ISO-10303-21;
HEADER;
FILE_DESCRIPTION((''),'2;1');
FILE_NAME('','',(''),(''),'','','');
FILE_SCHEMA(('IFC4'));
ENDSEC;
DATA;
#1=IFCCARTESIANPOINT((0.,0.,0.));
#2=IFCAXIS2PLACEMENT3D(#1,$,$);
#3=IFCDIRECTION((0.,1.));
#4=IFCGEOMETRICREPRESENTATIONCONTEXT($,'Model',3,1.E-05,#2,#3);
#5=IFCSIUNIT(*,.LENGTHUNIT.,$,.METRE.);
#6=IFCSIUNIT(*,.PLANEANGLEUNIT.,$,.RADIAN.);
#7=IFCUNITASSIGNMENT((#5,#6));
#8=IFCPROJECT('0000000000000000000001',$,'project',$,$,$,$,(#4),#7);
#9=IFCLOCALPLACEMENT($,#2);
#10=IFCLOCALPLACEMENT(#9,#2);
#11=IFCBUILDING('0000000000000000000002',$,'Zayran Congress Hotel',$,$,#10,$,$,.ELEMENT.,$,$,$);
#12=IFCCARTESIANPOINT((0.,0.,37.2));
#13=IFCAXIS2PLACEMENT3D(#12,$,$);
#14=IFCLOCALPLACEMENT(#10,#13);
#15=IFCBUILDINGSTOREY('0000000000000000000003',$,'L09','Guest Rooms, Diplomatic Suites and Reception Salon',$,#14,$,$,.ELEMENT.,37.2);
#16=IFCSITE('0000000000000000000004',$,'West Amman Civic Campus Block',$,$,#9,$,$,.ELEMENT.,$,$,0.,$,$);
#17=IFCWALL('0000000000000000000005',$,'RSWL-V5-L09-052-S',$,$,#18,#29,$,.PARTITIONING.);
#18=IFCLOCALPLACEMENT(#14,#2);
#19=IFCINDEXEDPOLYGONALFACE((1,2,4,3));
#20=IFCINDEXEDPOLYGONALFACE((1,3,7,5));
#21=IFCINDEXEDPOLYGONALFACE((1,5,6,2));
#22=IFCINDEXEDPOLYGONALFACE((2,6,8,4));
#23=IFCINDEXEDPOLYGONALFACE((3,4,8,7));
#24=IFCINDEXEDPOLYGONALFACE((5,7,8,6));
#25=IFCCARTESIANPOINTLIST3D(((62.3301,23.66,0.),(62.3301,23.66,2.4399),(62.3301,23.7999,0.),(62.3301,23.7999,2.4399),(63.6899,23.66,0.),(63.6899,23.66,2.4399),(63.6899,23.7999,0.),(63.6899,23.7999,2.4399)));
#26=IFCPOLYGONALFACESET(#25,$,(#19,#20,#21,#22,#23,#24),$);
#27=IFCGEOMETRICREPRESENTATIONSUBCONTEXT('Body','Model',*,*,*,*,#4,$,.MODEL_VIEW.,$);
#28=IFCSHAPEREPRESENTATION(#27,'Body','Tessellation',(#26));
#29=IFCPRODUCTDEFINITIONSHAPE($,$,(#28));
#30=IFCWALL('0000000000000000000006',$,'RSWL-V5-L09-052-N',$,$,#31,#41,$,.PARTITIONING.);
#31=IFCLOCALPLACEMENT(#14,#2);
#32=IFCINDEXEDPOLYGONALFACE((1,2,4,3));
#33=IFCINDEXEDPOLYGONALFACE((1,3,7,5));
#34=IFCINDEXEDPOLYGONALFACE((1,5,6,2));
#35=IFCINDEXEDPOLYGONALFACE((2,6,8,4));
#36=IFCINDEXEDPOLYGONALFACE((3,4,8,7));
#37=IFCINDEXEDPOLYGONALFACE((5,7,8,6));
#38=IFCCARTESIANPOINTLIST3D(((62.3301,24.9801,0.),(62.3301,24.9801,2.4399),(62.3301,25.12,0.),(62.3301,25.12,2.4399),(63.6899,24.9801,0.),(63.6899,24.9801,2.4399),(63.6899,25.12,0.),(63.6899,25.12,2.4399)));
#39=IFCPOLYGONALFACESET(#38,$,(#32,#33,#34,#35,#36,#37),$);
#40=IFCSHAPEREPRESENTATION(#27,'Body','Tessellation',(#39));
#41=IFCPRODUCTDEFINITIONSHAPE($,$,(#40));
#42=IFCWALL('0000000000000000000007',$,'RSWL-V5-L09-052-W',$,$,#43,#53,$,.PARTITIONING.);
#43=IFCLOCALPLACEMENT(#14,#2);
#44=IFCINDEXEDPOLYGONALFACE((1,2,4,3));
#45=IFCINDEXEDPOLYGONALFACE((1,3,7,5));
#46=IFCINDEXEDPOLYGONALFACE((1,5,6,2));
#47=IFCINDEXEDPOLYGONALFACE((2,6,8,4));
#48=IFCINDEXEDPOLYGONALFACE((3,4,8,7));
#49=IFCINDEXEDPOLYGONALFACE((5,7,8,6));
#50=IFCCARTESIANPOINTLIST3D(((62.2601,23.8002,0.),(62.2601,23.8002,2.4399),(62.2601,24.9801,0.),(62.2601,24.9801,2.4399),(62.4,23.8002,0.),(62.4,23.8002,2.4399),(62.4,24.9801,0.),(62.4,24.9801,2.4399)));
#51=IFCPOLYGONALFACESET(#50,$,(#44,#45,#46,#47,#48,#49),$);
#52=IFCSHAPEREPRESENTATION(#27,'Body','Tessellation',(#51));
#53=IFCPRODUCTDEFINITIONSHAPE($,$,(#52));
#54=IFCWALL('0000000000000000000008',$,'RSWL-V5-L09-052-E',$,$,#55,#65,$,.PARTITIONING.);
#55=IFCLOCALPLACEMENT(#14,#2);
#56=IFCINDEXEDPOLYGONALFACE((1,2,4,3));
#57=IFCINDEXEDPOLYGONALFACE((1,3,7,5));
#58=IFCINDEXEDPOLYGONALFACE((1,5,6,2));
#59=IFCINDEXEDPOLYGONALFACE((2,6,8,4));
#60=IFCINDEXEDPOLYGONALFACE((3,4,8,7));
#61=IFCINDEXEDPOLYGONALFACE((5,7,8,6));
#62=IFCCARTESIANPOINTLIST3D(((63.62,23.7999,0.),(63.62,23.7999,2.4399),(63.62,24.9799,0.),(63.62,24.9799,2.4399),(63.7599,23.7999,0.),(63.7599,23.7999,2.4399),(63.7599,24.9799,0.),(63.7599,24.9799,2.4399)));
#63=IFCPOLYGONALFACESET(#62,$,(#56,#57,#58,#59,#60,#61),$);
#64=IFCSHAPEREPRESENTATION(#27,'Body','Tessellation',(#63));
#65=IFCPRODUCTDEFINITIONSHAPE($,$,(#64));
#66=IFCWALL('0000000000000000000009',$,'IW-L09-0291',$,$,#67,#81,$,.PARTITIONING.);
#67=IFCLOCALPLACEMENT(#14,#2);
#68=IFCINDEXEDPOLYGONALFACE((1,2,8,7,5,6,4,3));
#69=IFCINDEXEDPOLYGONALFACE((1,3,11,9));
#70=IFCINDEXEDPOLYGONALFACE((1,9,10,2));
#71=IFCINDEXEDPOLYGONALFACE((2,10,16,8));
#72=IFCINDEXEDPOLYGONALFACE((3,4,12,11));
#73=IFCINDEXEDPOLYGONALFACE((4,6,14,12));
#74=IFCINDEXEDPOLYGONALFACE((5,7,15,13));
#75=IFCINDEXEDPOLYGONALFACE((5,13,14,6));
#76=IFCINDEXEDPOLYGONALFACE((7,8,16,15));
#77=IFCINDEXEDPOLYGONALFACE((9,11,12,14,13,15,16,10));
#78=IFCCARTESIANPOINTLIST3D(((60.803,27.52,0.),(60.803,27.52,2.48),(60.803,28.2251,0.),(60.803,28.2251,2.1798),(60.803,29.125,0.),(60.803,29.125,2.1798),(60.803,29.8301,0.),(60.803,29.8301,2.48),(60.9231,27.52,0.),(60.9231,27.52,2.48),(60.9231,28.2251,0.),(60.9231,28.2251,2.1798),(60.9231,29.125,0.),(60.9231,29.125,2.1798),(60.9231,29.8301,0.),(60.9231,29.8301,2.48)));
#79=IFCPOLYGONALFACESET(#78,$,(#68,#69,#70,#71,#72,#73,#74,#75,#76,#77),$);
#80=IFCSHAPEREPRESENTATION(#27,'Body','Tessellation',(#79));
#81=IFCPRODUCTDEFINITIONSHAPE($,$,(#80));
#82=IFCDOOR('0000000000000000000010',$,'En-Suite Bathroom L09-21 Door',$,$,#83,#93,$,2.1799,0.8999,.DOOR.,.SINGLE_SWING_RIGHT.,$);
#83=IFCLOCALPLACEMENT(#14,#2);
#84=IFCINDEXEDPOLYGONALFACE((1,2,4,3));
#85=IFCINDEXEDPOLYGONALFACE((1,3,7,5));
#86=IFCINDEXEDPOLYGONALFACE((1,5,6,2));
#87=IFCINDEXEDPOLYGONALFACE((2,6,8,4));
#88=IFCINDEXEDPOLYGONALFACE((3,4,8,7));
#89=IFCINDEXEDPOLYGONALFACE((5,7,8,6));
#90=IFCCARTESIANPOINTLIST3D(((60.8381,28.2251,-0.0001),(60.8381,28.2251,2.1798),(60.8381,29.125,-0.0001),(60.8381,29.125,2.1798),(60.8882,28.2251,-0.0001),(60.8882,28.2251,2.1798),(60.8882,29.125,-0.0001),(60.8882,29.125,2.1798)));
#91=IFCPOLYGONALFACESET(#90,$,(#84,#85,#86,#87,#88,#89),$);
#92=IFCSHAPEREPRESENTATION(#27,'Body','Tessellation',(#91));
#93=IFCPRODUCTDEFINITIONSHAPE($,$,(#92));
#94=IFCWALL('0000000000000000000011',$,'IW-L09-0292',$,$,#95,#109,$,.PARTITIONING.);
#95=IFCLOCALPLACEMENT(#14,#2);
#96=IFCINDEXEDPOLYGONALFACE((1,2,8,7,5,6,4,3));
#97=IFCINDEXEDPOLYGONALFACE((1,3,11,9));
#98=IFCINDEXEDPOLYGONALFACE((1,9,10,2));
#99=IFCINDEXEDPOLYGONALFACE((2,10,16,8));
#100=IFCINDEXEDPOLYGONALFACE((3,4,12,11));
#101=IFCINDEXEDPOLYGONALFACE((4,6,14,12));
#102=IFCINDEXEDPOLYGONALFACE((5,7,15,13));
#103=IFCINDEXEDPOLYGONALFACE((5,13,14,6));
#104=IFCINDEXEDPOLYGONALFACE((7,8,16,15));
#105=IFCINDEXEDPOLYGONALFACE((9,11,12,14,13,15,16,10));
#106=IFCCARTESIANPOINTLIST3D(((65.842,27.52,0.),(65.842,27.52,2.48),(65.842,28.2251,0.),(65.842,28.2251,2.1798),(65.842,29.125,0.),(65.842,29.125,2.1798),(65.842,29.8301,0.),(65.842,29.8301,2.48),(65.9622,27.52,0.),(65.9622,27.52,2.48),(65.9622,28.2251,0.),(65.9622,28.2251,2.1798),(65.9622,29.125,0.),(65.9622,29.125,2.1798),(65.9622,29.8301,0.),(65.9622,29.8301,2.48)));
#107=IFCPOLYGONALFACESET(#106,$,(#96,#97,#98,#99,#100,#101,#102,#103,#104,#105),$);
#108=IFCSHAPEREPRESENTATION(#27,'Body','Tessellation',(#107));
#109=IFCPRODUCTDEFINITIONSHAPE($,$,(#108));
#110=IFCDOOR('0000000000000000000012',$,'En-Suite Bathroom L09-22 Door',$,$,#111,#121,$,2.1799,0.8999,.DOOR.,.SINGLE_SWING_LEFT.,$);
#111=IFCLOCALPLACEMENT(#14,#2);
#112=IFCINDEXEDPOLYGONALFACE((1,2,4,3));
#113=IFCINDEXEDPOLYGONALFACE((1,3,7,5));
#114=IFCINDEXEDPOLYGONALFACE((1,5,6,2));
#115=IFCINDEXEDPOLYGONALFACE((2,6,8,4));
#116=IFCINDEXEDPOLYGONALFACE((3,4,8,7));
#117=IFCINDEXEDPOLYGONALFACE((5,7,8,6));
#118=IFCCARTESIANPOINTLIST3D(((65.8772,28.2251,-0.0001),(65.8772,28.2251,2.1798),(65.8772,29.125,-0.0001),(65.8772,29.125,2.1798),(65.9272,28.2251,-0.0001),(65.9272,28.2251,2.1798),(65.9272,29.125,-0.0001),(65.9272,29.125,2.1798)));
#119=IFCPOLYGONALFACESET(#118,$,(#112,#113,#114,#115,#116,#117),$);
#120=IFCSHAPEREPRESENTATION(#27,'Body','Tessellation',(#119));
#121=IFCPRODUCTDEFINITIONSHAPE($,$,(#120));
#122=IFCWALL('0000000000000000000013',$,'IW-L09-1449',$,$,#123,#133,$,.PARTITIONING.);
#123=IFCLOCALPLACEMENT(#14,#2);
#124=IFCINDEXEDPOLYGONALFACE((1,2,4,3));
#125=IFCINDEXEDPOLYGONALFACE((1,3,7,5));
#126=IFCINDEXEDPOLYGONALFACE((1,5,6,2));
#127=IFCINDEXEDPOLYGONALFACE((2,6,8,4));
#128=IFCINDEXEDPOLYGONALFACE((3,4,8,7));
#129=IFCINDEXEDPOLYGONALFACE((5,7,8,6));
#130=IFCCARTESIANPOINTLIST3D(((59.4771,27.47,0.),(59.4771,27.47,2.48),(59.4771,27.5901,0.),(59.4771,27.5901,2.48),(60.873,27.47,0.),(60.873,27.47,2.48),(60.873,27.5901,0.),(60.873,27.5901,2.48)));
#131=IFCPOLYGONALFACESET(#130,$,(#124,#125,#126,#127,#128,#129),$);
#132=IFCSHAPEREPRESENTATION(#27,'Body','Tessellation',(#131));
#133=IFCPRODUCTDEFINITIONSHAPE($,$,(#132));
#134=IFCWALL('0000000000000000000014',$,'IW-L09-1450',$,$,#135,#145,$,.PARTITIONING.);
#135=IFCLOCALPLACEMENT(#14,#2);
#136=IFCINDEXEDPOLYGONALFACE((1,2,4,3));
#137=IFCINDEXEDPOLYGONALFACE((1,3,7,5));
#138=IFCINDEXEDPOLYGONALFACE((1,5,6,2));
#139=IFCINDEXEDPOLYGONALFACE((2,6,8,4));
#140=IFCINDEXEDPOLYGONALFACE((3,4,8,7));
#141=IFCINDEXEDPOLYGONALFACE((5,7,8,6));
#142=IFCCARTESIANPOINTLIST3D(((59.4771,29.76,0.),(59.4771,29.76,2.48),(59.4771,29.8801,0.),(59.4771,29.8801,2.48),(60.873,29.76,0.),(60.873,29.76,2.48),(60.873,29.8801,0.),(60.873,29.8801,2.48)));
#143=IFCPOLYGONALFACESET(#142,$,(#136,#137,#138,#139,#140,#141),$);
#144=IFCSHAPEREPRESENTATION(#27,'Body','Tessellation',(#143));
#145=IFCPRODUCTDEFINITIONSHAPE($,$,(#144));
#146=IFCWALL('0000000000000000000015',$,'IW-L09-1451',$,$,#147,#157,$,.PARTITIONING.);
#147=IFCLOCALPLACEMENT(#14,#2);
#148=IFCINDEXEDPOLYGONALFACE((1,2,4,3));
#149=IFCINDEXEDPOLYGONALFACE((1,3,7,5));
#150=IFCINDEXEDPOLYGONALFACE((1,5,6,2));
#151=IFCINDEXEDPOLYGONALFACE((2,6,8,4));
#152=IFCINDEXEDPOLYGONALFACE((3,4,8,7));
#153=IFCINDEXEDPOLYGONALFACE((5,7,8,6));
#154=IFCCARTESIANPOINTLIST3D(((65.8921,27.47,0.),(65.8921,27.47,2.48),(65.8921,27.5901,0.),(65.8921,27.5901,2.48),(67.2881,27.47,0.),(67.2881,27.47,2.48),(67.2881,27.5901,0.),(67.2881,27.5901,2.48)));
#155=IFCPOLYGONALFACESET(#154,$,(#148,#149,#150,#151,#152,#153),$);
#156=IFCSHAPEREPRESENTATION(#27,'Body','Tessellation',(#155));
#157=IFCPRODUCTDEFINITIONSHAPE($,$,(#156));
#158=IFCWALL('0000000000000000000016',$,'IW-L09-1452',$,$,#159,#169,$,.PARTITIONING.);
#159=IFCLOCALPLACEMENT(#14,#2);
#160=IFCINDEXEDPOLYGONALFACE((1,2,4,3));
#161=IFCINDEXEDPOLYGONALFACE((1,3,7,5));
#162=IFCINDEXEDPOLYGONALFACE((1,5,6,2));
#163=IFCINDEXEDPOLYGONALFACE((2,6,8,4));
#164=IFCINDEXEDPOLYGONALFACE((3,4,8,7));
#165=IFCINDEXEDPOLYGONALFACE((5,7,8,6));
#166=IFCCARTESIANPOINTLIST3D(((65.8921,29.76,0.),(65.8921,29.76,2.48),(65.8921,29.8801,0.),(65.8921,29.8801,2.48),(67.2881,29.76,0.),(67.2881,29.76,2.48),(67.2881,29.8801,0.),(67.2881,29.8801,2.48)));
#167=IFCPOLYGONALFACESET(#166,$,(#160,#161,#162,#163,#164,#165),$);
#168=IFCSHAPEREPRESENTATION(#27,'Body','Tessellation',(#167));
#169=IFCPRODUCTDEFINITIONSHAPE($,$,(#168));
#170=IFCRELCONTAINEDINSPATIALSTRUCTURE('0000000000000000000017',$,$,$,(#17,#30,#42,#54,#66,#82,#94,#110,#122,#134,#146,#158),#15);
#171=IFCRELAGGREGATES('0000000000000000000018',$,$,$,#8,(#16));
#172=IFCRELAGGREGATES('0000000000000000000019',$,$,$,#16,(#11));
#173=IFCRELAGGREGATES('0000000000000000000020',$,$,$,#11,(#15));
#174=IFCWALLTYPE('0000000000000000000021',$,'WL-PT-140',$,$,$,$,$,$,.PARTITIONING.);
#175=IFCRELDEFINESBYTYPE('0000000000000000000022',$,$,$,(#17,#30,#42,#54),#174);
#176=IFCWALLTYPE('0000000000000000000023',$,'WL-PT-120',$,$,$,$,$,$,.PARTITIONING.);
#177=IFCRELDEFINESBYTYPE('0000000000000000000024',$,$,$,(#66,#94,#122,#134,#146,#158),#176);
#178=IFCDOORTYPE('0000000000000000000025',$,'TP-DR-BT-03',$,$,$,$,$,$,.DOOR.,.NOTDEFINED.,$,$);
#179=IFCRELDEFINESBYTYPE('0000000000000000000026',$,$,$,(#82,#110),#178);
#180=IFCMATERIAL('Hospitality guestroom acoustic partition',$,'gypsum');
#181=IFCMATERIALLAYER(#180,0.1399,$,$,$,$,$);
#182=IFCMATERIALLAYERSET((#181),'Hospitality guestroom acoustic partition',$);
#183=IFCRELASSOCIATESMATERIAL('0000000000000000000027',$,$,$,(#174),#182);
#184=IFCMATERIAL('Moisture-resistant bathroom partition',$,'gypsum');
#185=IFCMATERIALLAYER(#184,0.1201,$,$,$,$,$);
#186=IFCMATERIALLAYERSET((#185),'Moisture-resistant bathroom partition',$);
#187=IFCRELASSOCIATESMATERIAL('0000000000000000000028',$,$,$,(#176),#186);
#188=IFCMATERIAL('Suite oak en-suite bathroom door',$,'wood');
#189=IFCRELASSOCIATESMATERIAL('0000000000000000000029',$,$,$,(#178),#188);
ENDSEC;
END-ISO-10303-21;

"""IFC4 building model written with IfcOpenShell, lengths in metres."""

from ifc_helpers import new_model, si_unit, direction, frame, frame_2d, origin, place, context, subcontext, project, spatial, rectangle, extrude, material, layer, layer_set, type_object, element, fill, save


model = new_model("IFC4")

# Units and contexts
model_context = context("Model", 3, precision=1e-05, world=origin(), true_north=direction((0.0, 1.0)))
body_context = subcontext(model_context, "Body", "Model", "MODEL_VIEW")
ifc_project = project(units=[si_unit("LENGTHUNIT", "METRE"), si_unit("PLANEANGLEUNIT", "RADIAN")], contexts=[model_context])

# Site, building, storey
site_placement = place(None, origin())
site = spatial("IfcSite", under=ifc_project, at=site_placement, Name="West Amman Civic Campus Block", CompositionType="ELEMENT", RefElevation=0.0)
building_placement = place(site_placement, origin())
building = spatial("IfcBuilding", under=site, at=building_placement, Name="Zayran Congress Hotel", CompositionType="ELEMENT")
storey_placement = place(building_placement, frame((0.0, 0.0, 37.2)))
storey = spatial("IfcBuildingStorey", under=building, at=storey_placement, Name="L09", Description="Guest Rooms, Diplomatic Suites and Reception Salon", CompositionType="ELEMENT", Elevation=37.2)

# Shared definitions
ifc_material_1 = material(Name="Hospitality guestroom acoustic partition", Category="gypsum")
ifc_layer_1 = layer(ifc_material_1, 0.1399)
ifc_layer_set_1 = layer_set([ifc_layer_1], Name="Hospitality guestroom acoustic partition")
wall_type_1 = type_object("IfcWallType", Name="WL-PT-140", PredefinedType="PARTITIONING", material=ifc_layer_set_1)

# Walls
for number, where, z_axis, x_axis, name in (
    (1, (62.3301, 23.73, 0.0), (0.0, 0.0, 1.0), (1.0, 0.0, 0.0), "RSWL-V5-L09-052-S"),
    (2, (63.6899, 25.05, 0.0), (0.0, 0.0, 1.0), (-1.0, 0.0, 0.0), "RSWL-V5-L09-052-N"),
):
    element("IfcWall", number, at=place(storey_placement, frame(where, z_axis=z_axis, x_axis=x_axis)), inside=storey, type_object=wall_type_1, Name=name, PredefinedType="PARTITIONING", context=body_context, shape_type="SweptSolid", body=[
        extrude(rectangle(XDim=1.3599, YDim=0.1399, at=frame_2d((0.6799, 0.0))), origin(), (0.0, 0.0, 1.0), 2.4399),
    ])
for number, where, z_axis, x_axis, name in (
    (3, (62.3301, 24.98, 0.0), (0.0, 0.0, 1.0), (0.0, -1.0, 0.0), "RSWL-V5-L09-052-W"),
    (4, (63.6899, 23.8, 0.0), (0.0, 0.0, 1.0), (0.0, 1.0, 0.0), "RSWL-V5-L09-052-E"),
):
    element("IfcWall", number, at=place(storey_placement, frame(where, z_axis=z_axis, x_axis=x_axis)), inside=storey, type_object=wall_type_1, Name=name, PredefinedType="PARTITIONING", context=body_context, shape_type="SweptSolid", body=[
        extrude(rectangle(XDim=1.1799, YDim=0.1399, at=frame_2d((0.5898, 0.0))), origin(), (0.0, 0.0, 1.0), 2.4399),
    ])

# Walls, openings, doors
ifc_material_2 = material(Name="Moisture-resistant bathroom partition", Category="gypsum")
ifc_layer_2 = layer(ifc_material_2, 0.1201)
ifc_layer_set_2 = layer_set([ifc_layer_2], Name="Moisture-resistant bathroom partition")
wall_type_2 = type_object("IfcWallType", Name="WL-PT-120", PredefinedType="PARTITIONING", material=ifc_layer_set_2)
wall_1_placement = place(storey_placement, frame((60.863, 27.52, 0.0), z_axis=(0.0, 0.0, 1.0), x_axis=(0.0, 1.0, 0.0)))
wall_1 = element("IfcWall", 5, at=wall_1_placement, inside=storey, type_object=wall_type_2, Name="IW-L09-0291", PredefinedType="PARTITIONING", context=body_context, shape_type="SweptSolid", body=[
    extrude(rectangle(XDim=2.3101, YDim=0.1201, at=frame_2d((1.155, 0.0))), origin(), (0.0, 0.0, 1.0), 2.48),
])
opening_1_placement = place(wall_1_placement, frame((0.7051, 0.0, 0.0)))
opening_1 = element("IfcOpeningElement", 6, at=opening_1_placement, cuts=wall_1, PredefinedType="OPENING", context=body_context, shape_type="SweptSolid", body=[
    extrude(rectangle(XDim=0.8999, YDim=2.1799, at=frame_2d((0.45, 1.0898))), frame((0.0, 0.0701, 0.0), z_axis=(0.0, -1.0, 0.0), x_axis=(1.0, 0.0, 0.0)), (0.0, 0.0, 1.0), 0.1401),
])
ifc_material_3 = material(Name="Suite oak en-suite bathroom door", Category="wood")
door_type_1 = type_object("IfcDoorType", Name="TP-DR-BT-03", OperationType="NOTDEFINED", PredefinedType="DOOR", material=ifc_material_3)
door_1_placement = place(opening_1_placement, origin())
door_1 = element("IfcDoor", 7, at=door_1_placement, inside=storey, type_object=door_type_1, Name="En-Suite Bathroom L09-21 Door", OperationType="SINGLE_SWING_RIGHT", OverallHeight=2.1799, OverallWidth=0.8999, PredefinedType="DOOR", context=body_context, shape_type="SweptSolid", body=[
    extrude(rectangle(XDim=0.8999, YDim=2.1799, at=frame_2d((0.45, 1.0898))), frame((0.0, 0.0249, 0.0), z_axis=(0.0, -1.0, 0.0), x_axis=(1.0, 0.0, 0.0)), (0.0, 0.0, 1.0), 0.05),
])
fill(opening_1, door_1)
wall_2_placement = place(storey_placement, frame((65.9021, 27.52, 0.0), z_axis=(0.0, 0.0, 1.0), x_axis=(0.0, 1.0, 0.0)))
wall_2 = element("IfcWall", 8, at=wall_2_placement, inside=storey, type_object=wall_type_2, Name="IW-L09-0292", PredefinedType="PARTITIONING", context=body_context, shape_type="SweptSolid", body=[
    extrude(rectangle(XDim=2.3101, YDim=0.1201, at=frame_2d((1.155, 0.0))), origin(), (0.0, 0.0, 1.0), 2.48),
])
opening_2_placement = place(wall_2_placement, frame((0.7051, 0.0, 0.0)))
opening_2 = element("IfcOpeningElement", 9, at=opening_2_placement, cuts=wall_2, PredefinedType="OPENING", context=body_context, shape_type="SweptSolid", body=[
    extrude(rectangle(XDim=0.8999, YDim=2.1799, at=frame_2d((0.45, 1.0898))), frame((0.0, 0.0701, 0.0), z_axis=(0.0, -1.0, 0.0), x_axis=(1.0, 0.0, 0.0)), (0.0, 0.0, 1.0), 0.1401),
])
door_2_placement = place(opening_2_placement, origin())
door_2 = element("IfcDoor", 10, at=door_2_placement, inside=storey, type_object=door_type_1, Name="En-Suite Bathroom L09-22 Door", OperationType="SINGLE_SWING_LEFT", OverallHeight=2.1799, OverallWidth=0.8999, PredefinedType="DOOR", context=body_context, shape_type="SweptSolid", body=[
    extrude(rectangle(XDim=0.8999, YDim=2.1799, at=frame_2d((0.45, 1.0898))), frame((0.0, 0.0249, 0.0), z_axis=(0.0, -1.0, 0.0), x_axis=(1.0, 0.0, 0.0)), (0.0, 0.0, 1.0), 0.05),
])
fill(opening_2, door_2)

# Walls
for number, where, z_axis, x_axis, name in (
    (11, (59.4771, 27.53, 0.0), (0.0, 0.0, 1.0), (1.0, 0.0, 0.0), "IW-L09-1449"),
    (12, (59.4771, 29.8201, 0.0), (0.0, 0.0, 1.0), (1.0, 0.0, 0.0), "IW-L09-1450"),
    (13, (65.8921, 27.53, 0.0), (0.0, 0.0, 1.0), (1.0, 0.0, 0.0), "IW-L09-1451"),
    (14, (65.8921, 29.8201, 0.0), (0.0, 0.0, 1.0), (1.0, 0.0, 0.0), "IW-L09-1452"),
):
    element("IfcWall", number, at=place(storey_placement, frame(where, z_axis=z_axis, x_axis=x_axis)), inside=storey, type_object=wall_type_2, Name=name, PredefinedType="PARTITIONING", context=body_context, shape_type="SweptSolid", body=[
        extrude(rectangle(XDim=1.396, YDim=0.1201, at=frame_2d((0.698, 0.0))), origin(), (0.0, 0.0, 1.0), 2.48),
    ])

save(model, "model.ifc")
